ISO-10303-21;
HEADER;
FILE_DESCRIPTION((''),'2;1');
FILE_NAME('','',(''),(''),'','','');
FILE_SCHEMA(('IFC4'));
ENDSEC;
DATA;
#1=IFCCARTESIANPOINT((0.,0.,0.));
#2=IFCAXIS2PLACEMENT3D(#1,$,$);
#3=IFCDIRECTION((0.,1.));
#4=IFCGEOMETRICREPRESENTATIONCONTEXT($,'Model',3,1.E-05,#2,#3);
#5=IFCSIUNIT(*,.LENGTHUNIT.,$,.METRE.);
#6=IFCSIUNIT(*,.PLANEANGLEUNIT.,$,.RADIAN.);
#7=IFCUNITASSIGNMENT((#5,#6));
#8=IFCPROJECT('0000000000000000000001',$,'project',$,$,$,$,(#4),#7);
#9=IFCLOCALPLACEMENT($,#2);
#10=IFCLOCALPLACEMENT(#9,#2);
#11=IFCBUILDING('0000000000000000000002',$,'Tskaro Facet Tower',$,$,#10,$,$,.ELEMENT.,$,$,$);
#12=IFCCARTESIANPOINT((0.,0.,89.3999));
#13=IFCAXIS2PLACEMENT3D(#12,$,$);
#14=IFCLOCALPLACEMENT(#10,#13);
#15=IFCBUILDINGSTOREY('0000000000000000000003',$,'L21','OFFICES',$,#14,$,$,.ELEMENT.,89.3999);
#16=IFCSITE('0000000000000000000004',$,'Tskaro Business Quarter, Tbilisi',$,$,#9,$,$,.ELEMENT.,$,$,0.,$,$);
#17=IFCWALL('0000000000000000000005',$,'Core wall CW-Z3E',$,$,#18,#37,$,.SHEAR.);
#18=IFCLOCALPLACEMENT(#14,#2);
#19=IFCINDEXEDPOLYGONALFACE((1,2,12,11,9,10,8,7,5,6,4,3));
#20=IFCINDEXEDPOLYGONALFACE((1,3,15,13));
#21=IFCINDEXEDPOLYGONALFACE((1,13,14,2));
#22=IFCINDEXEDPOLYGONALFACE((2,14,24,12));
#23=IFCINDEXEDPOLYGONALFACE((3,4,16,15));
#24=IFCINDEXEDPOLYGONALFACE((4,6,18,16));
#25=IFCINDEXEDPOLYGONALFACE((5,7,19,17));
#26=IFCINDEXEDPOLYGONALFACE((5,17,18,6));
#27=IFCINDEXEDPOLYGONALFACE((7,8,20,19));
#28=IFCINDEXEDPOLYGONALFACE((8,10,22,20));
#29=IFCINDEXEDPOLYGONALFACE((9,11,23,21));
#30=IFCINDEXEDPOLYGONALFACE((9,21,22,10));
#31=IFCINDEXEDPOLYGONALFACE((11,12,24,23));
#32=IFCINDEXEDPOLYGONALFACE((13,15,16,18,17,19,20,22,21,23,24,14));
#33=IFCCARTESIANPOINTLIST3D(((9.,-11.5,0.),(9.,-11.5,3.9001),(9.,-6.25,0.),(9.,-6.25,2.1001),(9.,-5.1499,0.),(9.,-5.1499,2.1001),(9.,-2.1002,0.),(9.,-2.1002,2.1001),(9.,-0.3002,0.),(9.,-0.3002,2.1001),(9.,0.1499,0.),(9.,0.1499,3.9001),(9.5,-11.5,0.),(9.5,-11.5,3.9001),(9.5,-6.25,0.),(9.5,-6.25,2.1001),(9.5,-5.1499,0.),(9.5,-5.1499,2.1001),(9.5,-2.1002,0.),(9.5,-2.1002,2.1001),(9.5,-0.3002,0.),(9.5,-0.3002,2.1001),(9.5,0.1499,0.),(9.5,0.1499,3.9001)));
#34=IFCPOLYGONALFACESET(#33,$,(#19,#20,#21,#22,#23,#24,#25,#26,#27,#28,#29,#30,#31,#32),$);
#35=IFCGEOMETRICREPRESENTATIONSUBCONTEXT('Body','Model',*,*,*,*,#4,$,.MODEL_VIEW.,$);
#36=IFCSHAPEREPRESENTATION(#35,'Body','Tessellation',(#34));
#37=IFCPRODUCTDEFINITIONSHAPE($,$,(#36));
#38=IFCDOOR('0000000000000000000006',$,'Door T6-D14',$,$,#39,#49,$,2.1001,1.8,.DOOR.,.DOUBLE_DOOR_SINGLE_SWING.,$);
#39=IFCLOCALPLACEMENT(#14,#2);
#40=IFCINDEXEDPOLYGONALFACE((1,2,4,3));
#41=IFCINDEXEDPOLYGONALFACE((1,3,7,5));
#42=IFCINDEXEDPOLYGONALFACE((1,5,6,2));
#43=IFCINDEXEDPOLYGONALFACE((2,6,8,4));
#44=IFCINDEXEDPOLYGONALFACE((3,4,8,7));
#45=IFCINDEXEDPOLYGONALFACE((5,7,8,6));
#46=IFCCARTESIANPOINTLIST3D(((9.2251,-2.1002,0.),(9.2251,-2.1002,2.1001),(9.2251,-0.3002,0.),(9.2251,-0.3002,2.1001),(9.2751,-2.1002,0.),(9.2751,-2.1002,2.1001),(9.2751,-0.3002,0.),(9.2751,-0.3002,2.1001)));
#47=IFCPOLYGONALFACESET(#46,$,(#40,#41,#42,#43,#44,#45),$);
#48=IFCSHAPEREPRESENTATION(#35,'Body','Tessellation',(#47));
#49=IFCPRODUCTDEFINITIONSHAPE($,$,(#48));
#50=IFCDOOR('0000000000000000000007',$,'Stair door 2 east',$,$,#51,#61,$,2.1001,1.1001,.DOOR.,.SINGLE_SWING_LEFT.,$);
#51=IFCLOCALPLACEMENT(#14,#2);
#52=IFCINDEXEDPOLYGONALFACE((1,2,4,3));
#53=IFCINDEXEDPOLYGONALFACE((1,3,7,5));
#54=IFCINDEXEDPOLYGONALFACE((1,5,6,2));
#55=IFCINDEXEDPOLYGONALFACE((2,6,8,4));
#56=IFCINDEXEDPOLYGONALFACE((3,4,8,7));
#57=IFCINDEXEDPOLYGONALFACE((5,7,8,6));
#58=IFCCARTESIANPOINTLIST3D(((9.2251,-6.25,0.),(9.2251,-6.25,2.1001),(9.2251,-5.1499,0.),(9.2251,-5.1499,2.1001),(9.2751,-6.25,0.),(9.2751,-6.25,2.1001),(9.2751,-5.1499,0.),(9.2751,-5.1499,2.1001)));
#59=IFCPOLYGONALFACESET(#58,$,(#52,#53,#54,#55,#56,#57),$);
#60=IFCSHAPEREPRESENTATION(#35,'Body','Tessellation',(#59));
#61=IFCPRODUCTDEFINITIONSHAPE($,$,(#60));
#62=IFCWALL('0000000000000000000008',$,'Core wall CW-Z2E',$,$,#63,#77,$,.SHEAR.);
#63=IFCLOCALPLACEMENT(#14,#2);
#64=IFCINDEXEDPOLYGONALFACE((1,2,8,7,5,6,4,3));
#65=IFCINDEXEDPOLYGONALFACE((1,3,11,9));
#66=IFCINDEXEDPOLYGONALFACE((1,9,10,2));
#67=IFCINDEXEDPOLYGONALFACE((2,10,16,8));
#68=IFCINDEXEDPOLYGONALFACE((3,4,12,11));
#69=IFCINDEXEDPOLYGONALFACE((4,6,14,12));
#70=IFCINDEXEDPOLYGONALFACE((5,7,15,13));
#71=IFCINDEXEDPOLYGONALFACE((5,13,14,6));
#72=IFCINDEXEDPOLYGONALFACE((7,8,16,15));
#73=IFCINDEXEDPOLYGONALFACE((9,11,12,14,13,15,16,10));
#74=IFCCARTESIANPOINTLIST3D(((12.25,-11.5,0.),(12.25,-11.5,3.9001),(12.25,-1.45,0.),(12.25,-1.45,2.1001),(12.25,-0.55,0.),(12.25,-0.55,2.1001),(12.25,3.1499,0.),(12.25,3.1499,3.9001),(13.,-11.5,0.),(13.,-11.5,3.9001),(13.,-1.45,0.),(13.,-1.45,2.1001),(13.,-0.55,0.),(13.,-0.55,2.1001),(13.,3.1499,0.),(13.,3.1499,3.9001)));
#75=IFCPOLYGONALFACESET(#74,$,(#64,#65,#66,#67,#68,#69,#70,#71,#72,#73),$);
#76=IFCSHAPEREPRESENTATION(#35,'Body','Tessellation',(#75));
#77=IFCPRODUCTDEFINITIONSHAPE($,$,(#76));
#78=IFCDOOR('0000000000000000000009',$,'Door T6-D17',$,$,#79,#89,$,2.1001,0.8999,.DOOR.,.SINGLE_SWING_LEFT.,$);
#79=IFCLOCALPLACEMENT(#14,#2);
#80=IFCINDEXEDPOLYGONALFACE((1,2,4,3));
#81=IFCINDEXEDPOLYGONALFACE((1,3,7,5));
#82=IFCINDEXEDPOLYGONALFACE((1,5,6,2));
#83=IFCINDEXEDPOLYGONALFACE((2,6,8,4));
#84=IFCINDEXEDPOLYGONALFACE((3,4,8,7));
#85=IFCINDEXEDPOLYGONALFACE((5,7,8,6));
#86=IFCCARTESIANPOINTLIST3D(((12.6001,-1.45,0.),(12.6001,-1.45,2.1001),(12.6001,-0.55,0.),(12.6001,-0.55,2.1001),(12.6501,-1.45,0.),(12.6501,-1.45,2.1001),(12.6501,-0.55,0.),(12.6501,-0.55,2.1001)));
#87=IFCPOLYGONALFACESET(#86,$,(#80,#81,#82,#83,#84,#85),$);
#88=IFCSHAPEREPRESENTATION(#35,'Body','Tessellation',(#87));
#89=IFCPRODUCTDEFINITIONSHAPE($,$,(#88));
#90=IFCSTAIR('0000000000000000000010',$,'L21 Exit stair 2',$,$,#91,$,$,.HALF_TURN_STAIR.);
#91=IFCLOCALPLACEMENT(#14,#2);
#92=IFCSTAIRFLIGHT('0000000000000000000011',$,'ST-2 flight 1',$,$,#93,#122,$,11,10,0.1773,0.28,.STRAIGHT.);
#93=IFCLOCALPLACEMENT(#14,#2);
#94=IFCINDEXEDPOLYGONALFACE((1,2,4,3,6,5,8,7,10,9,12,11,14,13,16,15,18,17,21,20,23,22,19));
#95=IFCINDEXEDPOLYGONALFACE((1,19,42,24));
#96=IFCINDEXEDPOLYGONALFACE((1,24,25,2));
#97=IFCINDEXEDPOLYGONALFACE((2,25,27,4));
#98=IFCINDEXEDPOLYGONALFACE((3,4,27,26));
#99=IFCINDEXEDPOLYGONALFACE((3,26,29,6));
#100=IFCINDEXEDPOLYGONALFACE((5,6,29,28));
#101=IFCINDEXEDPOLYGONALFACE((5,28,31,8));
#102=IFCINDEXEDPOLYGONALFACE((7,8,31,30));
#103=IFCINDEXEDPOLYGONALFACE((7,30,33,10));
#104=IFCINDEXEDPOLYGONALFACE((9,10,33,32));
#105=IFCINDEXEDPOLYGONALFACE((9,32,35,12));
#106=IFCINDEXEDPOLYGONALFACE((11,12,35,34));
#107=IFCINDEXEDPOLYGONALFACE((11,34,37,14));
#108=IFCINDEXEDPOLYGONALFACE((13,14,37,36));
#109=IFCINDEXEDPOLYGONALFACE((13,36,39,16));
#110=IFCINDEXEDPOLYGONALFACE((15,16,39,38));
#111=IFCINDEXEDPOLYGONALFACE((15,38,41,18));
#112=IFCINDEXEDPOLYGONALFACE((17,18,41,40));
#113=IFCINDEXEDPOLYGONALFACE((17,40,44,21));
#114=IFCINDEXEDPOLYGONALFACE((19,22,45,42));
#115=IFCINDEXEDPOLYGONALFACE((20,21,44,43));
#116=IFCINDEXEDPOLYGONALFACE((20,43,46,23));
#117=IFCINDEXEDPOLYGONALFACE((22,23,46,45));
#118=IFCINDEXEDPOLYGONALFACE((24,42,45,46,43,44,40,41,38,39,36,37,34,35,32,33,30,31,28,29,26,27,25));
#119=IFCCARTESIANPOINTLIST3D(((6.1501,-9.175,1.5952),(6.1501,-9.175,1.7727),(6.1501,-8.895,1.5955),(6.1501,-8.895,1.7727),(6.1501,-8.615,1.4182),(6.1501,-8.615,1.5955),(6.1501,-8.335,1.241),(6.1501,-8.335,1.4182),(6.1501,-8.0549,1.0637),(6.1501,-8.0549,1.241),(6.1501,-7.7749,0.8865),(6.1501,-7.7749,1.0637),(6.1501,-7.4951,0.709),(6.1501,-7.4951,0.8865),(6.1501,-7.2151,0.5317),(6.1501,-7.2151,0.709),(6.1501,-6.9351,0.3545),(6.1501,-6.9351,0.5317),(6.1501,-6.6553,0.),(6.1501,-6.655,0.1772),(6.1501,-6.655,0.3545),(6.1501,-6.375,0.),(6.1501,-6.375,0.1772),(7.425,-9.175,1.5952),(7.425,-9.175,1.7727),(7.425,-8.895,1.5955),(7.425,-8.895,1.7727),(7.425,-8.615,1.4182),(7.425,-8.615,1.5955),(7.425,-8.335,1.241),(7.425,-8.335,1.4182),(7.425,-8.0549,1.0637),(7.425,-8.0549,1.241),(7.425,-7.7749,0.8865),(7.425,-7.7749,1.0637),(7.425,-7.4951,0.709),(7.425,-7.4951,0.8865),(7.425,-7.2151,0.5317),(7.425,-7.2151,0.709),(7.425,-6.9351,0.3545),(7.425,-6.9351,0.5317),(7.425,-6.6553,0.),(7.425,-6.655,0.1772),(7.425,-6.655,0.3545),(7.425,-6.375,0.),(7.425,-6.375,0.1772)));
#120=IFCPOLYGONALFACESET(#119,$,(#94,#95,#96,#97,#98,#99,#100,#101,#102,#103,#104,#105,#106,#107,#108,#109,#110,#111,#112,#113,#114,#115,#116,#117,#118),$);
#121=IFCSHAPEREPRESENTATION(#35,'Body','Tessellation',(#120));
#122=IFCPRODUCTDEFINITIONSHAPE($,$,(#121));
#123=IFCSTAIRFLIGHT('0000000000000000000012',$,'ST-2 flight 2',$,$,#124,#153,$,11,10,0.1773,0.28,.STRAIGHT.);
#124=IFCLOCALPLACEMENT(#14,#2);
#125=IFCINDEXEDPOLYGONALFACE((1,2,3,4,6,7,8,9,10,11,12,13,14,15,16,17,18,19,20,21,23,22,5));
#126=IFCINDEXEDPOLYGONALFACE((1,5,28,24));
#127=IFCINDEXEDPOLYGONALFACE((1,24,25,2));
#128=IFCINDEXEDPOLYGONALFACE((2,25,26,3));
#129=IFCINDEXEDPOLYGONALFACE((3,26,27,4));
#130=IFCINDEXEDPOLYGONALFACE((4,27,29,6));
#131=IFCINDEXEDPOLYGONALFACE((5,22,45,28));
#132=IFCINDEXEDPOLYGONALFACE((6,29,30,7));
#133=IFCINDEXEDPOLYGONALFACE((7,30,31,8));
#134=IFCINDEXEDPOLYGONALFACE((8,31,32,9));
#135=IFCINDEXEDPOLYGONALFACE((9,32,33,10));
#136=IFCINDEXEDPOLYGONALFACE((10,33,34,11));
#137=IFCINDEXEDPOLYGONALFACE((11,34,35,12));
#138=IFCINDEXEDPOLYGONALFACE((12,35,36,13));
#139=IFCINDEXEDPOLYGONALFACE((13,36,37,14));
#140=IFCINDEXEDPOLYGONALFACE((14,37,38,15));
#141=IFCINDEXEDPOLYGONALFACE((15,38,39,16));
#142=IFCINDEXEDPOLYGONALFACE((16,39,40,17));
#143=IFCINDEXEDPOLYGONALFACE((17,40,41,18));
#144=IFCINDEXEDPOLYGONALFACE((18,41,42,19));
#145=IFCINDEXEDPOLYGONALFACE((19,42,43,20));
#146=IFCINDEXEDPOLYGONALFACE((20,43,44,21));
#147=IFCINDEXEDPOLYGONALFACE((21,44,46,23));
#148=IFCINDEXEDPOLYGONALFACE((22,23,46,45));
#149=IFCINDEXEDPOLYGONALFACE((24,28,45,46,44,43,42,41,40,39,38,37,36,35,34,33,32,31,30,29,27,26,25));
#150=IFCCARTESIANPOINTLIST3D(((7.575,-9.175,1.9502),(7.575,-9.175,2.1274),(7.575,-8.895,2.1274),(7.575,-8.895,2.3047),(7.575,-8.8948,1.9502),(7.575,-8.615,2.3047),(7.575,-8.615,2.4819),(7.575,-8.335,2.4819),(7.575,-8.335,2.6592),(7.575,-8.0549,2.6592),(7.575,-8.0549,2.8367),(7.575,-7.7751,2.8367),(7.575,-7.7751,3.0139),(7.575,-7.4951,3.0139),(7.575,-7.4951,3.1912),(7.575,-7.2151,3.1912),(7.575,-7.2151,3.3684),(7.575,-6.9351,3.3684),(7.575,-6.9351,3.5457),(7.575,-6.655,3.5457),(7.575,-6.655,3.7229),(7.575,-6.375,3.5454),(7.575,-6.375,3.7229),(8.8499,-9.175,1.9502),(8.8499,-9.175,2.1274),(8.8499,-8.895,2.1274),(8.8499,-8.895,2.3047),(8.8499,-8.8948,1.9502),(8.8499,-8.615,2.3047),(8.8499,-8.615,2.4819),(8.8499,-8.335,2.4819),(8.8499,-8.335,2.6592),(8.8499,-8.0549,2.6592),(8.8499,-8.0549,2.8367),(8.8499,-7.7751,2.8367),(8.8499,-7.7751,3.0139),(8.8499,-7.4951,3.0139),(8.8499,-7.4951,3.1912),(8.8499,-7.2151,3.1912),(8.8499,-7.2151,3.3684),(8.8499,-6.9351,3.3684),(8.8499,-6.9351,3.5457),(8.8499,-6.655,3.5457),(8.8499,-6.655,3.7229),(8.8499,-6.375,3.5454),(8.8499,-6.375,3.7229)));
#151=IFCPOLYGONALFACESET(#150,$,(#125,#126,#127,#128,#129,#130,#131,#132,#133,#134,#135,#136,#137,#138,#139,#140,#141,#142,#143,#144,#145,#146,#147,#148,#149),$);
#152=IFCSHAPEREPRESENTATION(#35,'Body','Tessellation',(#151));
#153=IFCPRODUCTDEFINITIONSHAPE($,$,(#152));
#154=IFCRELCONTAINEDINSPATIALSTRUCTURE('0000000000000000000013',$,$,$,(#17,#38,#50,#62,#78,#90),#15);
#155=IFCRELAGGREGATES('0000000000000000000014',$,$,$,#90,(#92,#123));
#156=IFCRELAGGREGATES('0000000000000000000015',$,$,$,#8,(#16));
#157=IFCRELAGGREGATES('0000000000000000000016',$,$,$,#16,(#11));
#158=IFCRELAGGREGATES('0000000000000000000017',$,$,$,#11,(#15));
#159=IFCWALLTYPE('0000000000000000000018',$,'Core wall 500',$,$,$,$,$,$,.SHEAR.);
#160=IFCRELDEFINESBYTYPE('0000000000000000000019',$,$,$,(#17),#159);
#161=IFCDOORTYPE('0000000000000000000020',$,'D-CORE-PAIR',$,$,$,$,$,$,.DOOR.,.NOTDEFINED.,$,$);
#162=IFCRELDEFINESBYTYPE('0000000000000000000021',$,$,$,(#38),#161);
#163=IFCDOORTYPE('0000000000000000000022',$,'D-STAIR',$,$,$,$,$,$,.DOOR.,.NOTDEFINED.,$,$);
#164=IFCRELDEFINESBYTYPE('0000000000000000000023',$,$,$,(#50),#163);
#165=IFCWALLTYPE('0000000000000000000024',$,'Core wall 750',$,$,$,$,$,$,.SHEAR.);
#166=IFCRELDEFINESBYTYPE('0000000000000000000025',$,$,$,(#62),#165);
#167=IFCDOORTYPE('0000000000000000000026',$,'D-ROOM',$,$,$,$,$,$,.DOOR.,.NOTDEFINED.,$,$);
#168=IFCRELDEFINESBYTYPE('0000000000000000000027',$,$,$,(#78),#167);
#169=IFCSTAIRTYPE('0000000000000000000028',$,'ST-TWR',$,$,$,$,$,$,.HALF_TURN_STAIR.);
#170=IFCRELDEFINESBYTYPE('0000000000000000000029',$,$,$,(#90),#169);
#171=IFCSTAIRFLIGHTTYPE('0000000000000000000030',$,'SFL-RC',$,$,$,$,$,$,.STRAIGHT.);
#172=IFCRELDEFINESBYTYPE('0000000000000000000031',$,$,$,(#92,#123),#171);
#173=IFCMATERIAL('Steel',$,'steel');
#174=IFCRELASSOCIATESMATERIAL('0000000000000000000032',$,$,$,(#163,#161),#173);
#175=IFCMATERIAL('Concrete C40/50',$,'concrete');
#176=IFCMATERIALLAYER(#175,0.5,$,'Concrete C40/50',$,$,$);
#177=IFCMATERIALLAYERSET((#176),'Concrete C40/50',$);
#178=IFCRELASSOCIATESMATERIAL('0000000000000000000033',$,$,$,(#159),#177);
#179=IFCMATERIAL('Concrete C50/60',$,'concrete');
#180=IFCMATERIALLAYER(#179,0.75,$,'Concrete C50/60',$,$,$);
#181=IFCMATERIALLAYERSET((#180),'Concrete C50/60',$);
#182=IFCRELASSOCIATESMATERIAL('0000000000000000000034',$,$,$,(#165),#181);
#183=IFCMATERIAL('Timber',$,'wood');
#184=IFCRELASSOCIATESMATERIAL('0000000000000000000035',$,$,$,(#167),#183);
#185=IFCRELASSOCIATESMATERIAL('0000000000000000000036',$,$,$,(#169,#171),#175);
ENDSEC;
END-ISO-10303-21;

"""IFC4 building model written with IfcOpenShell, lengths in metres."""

from ifc_helpers import new_model, si_unit, direction, frame, frame_2d, origin, place, context, subcontext, project, spatial, polyline, rectangle, outline, extrude, material, layer, layer_set, type_object, element, fill, aggregate, save


model = new_model("IFC4")

# Units and contexts
model_context = context("Model", 3, precision=1e-05, world=origin(), true_north=direction((0.0, 1.0)))
body_context = subcontext(model_context, "Body", "Model", "MODEL_VIEW")
ifc_project = project(units=[si_unit("LENGTHUNIT", "METRE"), si_unit("PLANEANGLEUNIT", "RADIAN")], contexts=[model_context])

# Site, building, storey
site_placement = place(None, origin())
site = spatial("IfcSite", under=ifc_project, at=site_placement, Name="Tskaro Business Quarter, Tbilisi", CompositionType="ELEMENT", RefElevation=0.0)
building_placement = place(site_placement, origin())
building = spatial("IfcBuilding", under=site, at=building_placement, Name="Tskaro Facet Tower", CompositionType="ELEMENT")
storey_placement = place(building_placement, frame((0.0, 0.0, 89.3999)))
storey = spatial("IfcBuildingStorey", under=building, at=storey_placement, Name="L21", Description="OFFICES", CompositionType="ELEMENT", Elevation=89.3999)

# Shared definitions
ifc_material_1 = material(Name="Steel", Category="steel")
door_type_1 = type_object("IfcDoorType", Name="D-STAIR", OperationType="NOTDEFINED", PredefinedType="DOOR", material=ifc_material_1)

# Shared definitions
door_type_2 = type_object("IfcDoorType", Name="D-CORE-PAIR", OperationType="NOTDEFINED", PredefinedType="DOOR", material=ifc_material_1)

# Wall, openings, doors
ifc_material_2 = material(Name="Concrete C40/50", Category="concrete")
ifc_layer_1 = layer(ifc_material_2, 0.5, Name="Concrete C40/50")
ifc_layer_set_1 = layer_set([ifc_layer_1], Name="Concrete C40/50")
wall_type_1 = type_object("IfcWallType", Name="Core wall 500", PredefinedType="SHEAR", material=ifc_layer_set_1)
wall_1_placement = place(storey_placement, frame((9.25, -11.5, 0.0), z_axis=(0.0, 0.0, 1.0), x_axis=(0.0, 1.0, 0.0)))
wall_1 = element("IfcWall", 1, at=wall_1_placement, inside=storey, type_object=wall_type_1, Name="Core wall CW-Z3E", PredefinedType="SHEAR", context=body_context, shape_type="SweptSolid", body=[
    extrude(rectangle(XDim=11.6499, YDim=0.5, at=frame_2d((5.825, 0.0))), origin(), (0.0, 0.0, 1.0), 3.9001),
])
opening_1_placement = place(wall_1_placement, frame((9.3999, 0.0, 0.0)))
opening_1 = element("IfcOpeningElement", 2, at=opening_1_placement, cuts=wall_1, PredefinedType="OPENING", context=body_context, shape_type="SweptSolid", body=[
    extrude(rectangle(XDim=1.8, YDim=2.1001, at=frame_2d((0.8999, 1.05))), frame((0.0, 0.26, 0.0), z_axis=(0.0, -1.0, 0.0), x_axis=(1.0, 0.0, 0.0)), (0.0, 0.0, 1.0), 0.52),
])
opening_2_placement = place(wall_1_placement, frame((5.25, 0.0, 0.0)))
opening_2 = element("IfcOpeningElement", 3, at=opening_2_placement, cuts=wall_1, PredefinedType="OPENING", context=body_context, shape_type="SweptSolid", body=[
    extrude(rectangle(XDim=1.1001, YDim=2.1001, at=frame_2d((0.55, 1.05))), frame((0.0, 0.26, 0.0), z_axis=(0.0, -1.0, 0.0), x_axis=(1.0, 0.0, 0.0)), (0.0, 0.0, 1.0), 0.52),
])
door_1_placement = place(opening_1_placement, origin())
door_1 = element("IfcDoor", 4, at=door_1_placement, inside=storey, type_object=door_type_2, Name="Door T6-D14", OperationType="DOUBLE_DOOR_SINGLE_SWING", OverallHeight=2.1001, OverallWidth=1.8, PredefinedType="DOOR", context=body_context, shape_type="SweptSolid", body=[
    extrude(rectangle(XDim=1.8, YDim=2.1001, at=frame_2d((0.8999, 1.05))), frame((0.0, 0.0249, 0.0), z_axis=(0.0, -1.0, 0.0), x_axis=(1.0, 0.0, 0.0)), (0.0, 0.0, 1.0), 0.05),
])
fill(opening_1, door_1)
door_2_placement = place(opening_2_placement, origin())
door_2 = element("IfcDoor", 5, at=door_2_placement, inside=storey, type_object=door_type_1, Name="Stair door 2 east", OperationType="SINGLE_SWING_LEFT", OverallHeight=2.1001, OverallWidth=1.1001, PredefinedType="DOOR", context=body_context, shape_type="SweptSolid", body=[
    extrude(rectangle(XDim=1.1001, YDim=2.1001, at=frame_2d((0.55, 1.05))), frame((0.0, 0.0249, 0.0), z_axis=(0.0, -1.0, 0.0), x_axis=(1.0, 0.0, 0.0)), (0.0, 0.0, 1.0), 0.05),
])
fill(opening_2, door_2)

# Wall, opening, door
ifc_material_3 = material(Name="Concrete C50/60", Category="concrete")
ifc_layer_2 = layer(ifc_material_3, 0.75, Name="Concrete C50/60")
ifc_layer_set_2 = layer_set([ifc_layer_2], Name="Concrete C50/60")
wall_type_2 = type_object("IfcWallType", Name="Core wall 750", PredefinedType="SHEAR", material=ifc_layer_set_2)
wall_2_placement = place(storey_placement, frame((12.625, -11.5, 0.0), z_axis=(0.0, 0.0, 1.0), x_axis=(0.0, 1.0, 0.0)))
wall_2 = element("IfcWall", 6, at=wall_2_placement, inside=storey, type_object=wall_type_2, Name="Core wall CW-Z2E", PredefinedType="SHEAR", context=body_context, shape_type="SweptSolid", body=[
    extrude(rectangle(XDim=14.6499, YDim=0.75, at=frame_2d((7.325, 0.0))), origin(), (0.0, 0.0, 1.0), 3.9001),
])
opening_3_placement = place(wall_2_placement, frame((10.05, 0.0, 0.0)))
opening_3 = element("IfcOpeningElement", 7, at=opening_3_placement, cuts=wall_2, PredefinedType="OPENING", context=body_context, shape_type="SweptSolid", body=[
    extrude(rectangle(XDim=0.8999, YDim=2.1001, at=frame_2d((0.45, 1.05))), frame((0.0, 0.385, 0.0), z_axis=(0.0, -1.0, 0.0), x_axis=(1.0, 0.0, 0.0)), (0.0, 0.0, 1.0), 0.77),
])
ifc_material_4 = material(Name="Timber", Category="wood")
door_type_3 = type_object("IfcDoorType", Name="D-ROOM", OperationType="NOTDEFINED", PredefinedType="DOOR", material=ifc_material_4)
door_3_placement = place(opening_3_placement, origin())
door_3 = element("IfcDoor", 8, at=door_3_placement, inside=storey, type_object=door_type_3, Name="Door T6-D17", OperationType="SINGLE_SWING_LEFT", OverallHeight=2.1001, OverallWidth=0.8999, PredefinedType="DOOR", context=body_context, shape_type="SweptSolid", body=[
    extrude(rectangle(XDim=0.8999, YDim=2.1001, at=frame_2d((0.45, 1.05))), frame((0.0, 0.0249, 0.0), z_axis=(0.0, -1.0, 0.0), x_axis=(1.0, 0.0, 0.0)), (0.0, 0.0, 1.0), 0.05),
])
fill(opening_3, door_3)

# Stair, stair flights
stair_type = type_object("IfcStairType", Name="ST-TWR", PredefinedType="HALF_TURN_STAIR", material=ifc_material_2)
stair_placement = place(storey_placement, origin())
stair = element("IfcStair", 9, at=stair_placement, inside=storey, type_object=stair_type, Name="L21 Exit stair 2", PredefinedType="HALF_TURN_STAIR")
stair_flight_type = type_object("IfcStairFlightType", Name="SFL-RC", PredefinedType="STRAIGHT", material=ifc_material_2)
stair_flight_1_placement = place(storey_placement, frame((6.7876, -6.375, 0.0), z_axis=(0.0, 0.0, 1.0), x_axis=(0.0, -1.0, 0.0)))
stair_flight_1 = element("IfcStairFlight", 10, at=stair_flight_1_placement, type_object=stair_flight_type, Name="ST-2 flight 1", NumberOfRisers=11, NumberOfTreads=10, PredefinedType="STRAIGHT", RiserHeight=0.1773, TreadLength=0.28, context=body_context, shape_type="SweptSolid", body=[
    extrude(outline(polyline([(0.0, 0.0), (0.0, 0.1772), (0.28, 0.1772), (0.28, 0.3545), (0.5601, 0.3545), (0.5601, 0.5317), (0.8401, 0.5317), (0.8401, 0.709), (1.1201, 0.709), (1.1201, 0.8865), (1.3999, 0.8865), (1.3999, 1.0637), (1.6799, 1.0637), (1.6799, 1.241), (1.96, 1.241), (1.96, 1.4182), (2.24, 1.4182), (2.24, 1.5955), (2.52, 1.5955), (2.52, 1.7727), (2.8, 1.7727), (2.8, 1.95), (2.8, 1.5952), (0.2803, 0.0), (0.0, 0.0)])), frame((0.0, 0.6375, 0.0), z_axis=(0.0, -1.0, 0.0), x_axis=(1.0, 0.0, 0.0)), (0.0, 0.0, 1.0), 1.2749),
])
stair_flight_2_placement = place(storey_placement, frame((8.2124, -9.175, 1.9502), z_axis=(0.0, 0.0, 1.0), x_axis=(0.0, 1.0, 0.0)))
stair_flight_2 = element("IfcStairFlight", 11, at=stair_flight_2_placement, type_object=stair_flight_type, Name="ST-2 flight 2", NumberOfRisers=11, NumberOfTreads=10, PredefinedType="STRAIGHT", RiserHeight=0.1773, TreadLength=0.28, context=body_context, shape_type="SweptSolid", body=[
    extrude(outline(polyline([(0.0, 0.0), (0.0, 0.1772), (0.28, 0.1772), (0.28, 0.3545), (0.5601, 0.3545), (0.5601, 0.5317), (0.8401, 0.5317), (0.8401, 0.709), (1.1201, 0.709), (1.1201, 0.8865), (1.3999, 0.8865), (1.3999, 1.0637), (1.6799, 1.0637), (1.6799, 1.241), (1.96, 1.241), (1.96, 1.4182), (2.24, 1.4182), (2.24, 1.5955), (2.52, 1.5955), (2.52, 1.7727), (2.8, 1.7727), (2.8, 1.95), (2.8, 1.5952), (0.2803, 0.0), (0.0, 0.0)])), frame((0.0, 0.6375, 0.0), z_axis=(0.0, -1.0, 0.0), x_axis=(1.0, 0.0, 0.0)), (0.0, 0.0, 1.0), 1.2749),
])
aggregate(stair, [stair_flight_1, stair_flight_2])

save(model, "model.ifc")
